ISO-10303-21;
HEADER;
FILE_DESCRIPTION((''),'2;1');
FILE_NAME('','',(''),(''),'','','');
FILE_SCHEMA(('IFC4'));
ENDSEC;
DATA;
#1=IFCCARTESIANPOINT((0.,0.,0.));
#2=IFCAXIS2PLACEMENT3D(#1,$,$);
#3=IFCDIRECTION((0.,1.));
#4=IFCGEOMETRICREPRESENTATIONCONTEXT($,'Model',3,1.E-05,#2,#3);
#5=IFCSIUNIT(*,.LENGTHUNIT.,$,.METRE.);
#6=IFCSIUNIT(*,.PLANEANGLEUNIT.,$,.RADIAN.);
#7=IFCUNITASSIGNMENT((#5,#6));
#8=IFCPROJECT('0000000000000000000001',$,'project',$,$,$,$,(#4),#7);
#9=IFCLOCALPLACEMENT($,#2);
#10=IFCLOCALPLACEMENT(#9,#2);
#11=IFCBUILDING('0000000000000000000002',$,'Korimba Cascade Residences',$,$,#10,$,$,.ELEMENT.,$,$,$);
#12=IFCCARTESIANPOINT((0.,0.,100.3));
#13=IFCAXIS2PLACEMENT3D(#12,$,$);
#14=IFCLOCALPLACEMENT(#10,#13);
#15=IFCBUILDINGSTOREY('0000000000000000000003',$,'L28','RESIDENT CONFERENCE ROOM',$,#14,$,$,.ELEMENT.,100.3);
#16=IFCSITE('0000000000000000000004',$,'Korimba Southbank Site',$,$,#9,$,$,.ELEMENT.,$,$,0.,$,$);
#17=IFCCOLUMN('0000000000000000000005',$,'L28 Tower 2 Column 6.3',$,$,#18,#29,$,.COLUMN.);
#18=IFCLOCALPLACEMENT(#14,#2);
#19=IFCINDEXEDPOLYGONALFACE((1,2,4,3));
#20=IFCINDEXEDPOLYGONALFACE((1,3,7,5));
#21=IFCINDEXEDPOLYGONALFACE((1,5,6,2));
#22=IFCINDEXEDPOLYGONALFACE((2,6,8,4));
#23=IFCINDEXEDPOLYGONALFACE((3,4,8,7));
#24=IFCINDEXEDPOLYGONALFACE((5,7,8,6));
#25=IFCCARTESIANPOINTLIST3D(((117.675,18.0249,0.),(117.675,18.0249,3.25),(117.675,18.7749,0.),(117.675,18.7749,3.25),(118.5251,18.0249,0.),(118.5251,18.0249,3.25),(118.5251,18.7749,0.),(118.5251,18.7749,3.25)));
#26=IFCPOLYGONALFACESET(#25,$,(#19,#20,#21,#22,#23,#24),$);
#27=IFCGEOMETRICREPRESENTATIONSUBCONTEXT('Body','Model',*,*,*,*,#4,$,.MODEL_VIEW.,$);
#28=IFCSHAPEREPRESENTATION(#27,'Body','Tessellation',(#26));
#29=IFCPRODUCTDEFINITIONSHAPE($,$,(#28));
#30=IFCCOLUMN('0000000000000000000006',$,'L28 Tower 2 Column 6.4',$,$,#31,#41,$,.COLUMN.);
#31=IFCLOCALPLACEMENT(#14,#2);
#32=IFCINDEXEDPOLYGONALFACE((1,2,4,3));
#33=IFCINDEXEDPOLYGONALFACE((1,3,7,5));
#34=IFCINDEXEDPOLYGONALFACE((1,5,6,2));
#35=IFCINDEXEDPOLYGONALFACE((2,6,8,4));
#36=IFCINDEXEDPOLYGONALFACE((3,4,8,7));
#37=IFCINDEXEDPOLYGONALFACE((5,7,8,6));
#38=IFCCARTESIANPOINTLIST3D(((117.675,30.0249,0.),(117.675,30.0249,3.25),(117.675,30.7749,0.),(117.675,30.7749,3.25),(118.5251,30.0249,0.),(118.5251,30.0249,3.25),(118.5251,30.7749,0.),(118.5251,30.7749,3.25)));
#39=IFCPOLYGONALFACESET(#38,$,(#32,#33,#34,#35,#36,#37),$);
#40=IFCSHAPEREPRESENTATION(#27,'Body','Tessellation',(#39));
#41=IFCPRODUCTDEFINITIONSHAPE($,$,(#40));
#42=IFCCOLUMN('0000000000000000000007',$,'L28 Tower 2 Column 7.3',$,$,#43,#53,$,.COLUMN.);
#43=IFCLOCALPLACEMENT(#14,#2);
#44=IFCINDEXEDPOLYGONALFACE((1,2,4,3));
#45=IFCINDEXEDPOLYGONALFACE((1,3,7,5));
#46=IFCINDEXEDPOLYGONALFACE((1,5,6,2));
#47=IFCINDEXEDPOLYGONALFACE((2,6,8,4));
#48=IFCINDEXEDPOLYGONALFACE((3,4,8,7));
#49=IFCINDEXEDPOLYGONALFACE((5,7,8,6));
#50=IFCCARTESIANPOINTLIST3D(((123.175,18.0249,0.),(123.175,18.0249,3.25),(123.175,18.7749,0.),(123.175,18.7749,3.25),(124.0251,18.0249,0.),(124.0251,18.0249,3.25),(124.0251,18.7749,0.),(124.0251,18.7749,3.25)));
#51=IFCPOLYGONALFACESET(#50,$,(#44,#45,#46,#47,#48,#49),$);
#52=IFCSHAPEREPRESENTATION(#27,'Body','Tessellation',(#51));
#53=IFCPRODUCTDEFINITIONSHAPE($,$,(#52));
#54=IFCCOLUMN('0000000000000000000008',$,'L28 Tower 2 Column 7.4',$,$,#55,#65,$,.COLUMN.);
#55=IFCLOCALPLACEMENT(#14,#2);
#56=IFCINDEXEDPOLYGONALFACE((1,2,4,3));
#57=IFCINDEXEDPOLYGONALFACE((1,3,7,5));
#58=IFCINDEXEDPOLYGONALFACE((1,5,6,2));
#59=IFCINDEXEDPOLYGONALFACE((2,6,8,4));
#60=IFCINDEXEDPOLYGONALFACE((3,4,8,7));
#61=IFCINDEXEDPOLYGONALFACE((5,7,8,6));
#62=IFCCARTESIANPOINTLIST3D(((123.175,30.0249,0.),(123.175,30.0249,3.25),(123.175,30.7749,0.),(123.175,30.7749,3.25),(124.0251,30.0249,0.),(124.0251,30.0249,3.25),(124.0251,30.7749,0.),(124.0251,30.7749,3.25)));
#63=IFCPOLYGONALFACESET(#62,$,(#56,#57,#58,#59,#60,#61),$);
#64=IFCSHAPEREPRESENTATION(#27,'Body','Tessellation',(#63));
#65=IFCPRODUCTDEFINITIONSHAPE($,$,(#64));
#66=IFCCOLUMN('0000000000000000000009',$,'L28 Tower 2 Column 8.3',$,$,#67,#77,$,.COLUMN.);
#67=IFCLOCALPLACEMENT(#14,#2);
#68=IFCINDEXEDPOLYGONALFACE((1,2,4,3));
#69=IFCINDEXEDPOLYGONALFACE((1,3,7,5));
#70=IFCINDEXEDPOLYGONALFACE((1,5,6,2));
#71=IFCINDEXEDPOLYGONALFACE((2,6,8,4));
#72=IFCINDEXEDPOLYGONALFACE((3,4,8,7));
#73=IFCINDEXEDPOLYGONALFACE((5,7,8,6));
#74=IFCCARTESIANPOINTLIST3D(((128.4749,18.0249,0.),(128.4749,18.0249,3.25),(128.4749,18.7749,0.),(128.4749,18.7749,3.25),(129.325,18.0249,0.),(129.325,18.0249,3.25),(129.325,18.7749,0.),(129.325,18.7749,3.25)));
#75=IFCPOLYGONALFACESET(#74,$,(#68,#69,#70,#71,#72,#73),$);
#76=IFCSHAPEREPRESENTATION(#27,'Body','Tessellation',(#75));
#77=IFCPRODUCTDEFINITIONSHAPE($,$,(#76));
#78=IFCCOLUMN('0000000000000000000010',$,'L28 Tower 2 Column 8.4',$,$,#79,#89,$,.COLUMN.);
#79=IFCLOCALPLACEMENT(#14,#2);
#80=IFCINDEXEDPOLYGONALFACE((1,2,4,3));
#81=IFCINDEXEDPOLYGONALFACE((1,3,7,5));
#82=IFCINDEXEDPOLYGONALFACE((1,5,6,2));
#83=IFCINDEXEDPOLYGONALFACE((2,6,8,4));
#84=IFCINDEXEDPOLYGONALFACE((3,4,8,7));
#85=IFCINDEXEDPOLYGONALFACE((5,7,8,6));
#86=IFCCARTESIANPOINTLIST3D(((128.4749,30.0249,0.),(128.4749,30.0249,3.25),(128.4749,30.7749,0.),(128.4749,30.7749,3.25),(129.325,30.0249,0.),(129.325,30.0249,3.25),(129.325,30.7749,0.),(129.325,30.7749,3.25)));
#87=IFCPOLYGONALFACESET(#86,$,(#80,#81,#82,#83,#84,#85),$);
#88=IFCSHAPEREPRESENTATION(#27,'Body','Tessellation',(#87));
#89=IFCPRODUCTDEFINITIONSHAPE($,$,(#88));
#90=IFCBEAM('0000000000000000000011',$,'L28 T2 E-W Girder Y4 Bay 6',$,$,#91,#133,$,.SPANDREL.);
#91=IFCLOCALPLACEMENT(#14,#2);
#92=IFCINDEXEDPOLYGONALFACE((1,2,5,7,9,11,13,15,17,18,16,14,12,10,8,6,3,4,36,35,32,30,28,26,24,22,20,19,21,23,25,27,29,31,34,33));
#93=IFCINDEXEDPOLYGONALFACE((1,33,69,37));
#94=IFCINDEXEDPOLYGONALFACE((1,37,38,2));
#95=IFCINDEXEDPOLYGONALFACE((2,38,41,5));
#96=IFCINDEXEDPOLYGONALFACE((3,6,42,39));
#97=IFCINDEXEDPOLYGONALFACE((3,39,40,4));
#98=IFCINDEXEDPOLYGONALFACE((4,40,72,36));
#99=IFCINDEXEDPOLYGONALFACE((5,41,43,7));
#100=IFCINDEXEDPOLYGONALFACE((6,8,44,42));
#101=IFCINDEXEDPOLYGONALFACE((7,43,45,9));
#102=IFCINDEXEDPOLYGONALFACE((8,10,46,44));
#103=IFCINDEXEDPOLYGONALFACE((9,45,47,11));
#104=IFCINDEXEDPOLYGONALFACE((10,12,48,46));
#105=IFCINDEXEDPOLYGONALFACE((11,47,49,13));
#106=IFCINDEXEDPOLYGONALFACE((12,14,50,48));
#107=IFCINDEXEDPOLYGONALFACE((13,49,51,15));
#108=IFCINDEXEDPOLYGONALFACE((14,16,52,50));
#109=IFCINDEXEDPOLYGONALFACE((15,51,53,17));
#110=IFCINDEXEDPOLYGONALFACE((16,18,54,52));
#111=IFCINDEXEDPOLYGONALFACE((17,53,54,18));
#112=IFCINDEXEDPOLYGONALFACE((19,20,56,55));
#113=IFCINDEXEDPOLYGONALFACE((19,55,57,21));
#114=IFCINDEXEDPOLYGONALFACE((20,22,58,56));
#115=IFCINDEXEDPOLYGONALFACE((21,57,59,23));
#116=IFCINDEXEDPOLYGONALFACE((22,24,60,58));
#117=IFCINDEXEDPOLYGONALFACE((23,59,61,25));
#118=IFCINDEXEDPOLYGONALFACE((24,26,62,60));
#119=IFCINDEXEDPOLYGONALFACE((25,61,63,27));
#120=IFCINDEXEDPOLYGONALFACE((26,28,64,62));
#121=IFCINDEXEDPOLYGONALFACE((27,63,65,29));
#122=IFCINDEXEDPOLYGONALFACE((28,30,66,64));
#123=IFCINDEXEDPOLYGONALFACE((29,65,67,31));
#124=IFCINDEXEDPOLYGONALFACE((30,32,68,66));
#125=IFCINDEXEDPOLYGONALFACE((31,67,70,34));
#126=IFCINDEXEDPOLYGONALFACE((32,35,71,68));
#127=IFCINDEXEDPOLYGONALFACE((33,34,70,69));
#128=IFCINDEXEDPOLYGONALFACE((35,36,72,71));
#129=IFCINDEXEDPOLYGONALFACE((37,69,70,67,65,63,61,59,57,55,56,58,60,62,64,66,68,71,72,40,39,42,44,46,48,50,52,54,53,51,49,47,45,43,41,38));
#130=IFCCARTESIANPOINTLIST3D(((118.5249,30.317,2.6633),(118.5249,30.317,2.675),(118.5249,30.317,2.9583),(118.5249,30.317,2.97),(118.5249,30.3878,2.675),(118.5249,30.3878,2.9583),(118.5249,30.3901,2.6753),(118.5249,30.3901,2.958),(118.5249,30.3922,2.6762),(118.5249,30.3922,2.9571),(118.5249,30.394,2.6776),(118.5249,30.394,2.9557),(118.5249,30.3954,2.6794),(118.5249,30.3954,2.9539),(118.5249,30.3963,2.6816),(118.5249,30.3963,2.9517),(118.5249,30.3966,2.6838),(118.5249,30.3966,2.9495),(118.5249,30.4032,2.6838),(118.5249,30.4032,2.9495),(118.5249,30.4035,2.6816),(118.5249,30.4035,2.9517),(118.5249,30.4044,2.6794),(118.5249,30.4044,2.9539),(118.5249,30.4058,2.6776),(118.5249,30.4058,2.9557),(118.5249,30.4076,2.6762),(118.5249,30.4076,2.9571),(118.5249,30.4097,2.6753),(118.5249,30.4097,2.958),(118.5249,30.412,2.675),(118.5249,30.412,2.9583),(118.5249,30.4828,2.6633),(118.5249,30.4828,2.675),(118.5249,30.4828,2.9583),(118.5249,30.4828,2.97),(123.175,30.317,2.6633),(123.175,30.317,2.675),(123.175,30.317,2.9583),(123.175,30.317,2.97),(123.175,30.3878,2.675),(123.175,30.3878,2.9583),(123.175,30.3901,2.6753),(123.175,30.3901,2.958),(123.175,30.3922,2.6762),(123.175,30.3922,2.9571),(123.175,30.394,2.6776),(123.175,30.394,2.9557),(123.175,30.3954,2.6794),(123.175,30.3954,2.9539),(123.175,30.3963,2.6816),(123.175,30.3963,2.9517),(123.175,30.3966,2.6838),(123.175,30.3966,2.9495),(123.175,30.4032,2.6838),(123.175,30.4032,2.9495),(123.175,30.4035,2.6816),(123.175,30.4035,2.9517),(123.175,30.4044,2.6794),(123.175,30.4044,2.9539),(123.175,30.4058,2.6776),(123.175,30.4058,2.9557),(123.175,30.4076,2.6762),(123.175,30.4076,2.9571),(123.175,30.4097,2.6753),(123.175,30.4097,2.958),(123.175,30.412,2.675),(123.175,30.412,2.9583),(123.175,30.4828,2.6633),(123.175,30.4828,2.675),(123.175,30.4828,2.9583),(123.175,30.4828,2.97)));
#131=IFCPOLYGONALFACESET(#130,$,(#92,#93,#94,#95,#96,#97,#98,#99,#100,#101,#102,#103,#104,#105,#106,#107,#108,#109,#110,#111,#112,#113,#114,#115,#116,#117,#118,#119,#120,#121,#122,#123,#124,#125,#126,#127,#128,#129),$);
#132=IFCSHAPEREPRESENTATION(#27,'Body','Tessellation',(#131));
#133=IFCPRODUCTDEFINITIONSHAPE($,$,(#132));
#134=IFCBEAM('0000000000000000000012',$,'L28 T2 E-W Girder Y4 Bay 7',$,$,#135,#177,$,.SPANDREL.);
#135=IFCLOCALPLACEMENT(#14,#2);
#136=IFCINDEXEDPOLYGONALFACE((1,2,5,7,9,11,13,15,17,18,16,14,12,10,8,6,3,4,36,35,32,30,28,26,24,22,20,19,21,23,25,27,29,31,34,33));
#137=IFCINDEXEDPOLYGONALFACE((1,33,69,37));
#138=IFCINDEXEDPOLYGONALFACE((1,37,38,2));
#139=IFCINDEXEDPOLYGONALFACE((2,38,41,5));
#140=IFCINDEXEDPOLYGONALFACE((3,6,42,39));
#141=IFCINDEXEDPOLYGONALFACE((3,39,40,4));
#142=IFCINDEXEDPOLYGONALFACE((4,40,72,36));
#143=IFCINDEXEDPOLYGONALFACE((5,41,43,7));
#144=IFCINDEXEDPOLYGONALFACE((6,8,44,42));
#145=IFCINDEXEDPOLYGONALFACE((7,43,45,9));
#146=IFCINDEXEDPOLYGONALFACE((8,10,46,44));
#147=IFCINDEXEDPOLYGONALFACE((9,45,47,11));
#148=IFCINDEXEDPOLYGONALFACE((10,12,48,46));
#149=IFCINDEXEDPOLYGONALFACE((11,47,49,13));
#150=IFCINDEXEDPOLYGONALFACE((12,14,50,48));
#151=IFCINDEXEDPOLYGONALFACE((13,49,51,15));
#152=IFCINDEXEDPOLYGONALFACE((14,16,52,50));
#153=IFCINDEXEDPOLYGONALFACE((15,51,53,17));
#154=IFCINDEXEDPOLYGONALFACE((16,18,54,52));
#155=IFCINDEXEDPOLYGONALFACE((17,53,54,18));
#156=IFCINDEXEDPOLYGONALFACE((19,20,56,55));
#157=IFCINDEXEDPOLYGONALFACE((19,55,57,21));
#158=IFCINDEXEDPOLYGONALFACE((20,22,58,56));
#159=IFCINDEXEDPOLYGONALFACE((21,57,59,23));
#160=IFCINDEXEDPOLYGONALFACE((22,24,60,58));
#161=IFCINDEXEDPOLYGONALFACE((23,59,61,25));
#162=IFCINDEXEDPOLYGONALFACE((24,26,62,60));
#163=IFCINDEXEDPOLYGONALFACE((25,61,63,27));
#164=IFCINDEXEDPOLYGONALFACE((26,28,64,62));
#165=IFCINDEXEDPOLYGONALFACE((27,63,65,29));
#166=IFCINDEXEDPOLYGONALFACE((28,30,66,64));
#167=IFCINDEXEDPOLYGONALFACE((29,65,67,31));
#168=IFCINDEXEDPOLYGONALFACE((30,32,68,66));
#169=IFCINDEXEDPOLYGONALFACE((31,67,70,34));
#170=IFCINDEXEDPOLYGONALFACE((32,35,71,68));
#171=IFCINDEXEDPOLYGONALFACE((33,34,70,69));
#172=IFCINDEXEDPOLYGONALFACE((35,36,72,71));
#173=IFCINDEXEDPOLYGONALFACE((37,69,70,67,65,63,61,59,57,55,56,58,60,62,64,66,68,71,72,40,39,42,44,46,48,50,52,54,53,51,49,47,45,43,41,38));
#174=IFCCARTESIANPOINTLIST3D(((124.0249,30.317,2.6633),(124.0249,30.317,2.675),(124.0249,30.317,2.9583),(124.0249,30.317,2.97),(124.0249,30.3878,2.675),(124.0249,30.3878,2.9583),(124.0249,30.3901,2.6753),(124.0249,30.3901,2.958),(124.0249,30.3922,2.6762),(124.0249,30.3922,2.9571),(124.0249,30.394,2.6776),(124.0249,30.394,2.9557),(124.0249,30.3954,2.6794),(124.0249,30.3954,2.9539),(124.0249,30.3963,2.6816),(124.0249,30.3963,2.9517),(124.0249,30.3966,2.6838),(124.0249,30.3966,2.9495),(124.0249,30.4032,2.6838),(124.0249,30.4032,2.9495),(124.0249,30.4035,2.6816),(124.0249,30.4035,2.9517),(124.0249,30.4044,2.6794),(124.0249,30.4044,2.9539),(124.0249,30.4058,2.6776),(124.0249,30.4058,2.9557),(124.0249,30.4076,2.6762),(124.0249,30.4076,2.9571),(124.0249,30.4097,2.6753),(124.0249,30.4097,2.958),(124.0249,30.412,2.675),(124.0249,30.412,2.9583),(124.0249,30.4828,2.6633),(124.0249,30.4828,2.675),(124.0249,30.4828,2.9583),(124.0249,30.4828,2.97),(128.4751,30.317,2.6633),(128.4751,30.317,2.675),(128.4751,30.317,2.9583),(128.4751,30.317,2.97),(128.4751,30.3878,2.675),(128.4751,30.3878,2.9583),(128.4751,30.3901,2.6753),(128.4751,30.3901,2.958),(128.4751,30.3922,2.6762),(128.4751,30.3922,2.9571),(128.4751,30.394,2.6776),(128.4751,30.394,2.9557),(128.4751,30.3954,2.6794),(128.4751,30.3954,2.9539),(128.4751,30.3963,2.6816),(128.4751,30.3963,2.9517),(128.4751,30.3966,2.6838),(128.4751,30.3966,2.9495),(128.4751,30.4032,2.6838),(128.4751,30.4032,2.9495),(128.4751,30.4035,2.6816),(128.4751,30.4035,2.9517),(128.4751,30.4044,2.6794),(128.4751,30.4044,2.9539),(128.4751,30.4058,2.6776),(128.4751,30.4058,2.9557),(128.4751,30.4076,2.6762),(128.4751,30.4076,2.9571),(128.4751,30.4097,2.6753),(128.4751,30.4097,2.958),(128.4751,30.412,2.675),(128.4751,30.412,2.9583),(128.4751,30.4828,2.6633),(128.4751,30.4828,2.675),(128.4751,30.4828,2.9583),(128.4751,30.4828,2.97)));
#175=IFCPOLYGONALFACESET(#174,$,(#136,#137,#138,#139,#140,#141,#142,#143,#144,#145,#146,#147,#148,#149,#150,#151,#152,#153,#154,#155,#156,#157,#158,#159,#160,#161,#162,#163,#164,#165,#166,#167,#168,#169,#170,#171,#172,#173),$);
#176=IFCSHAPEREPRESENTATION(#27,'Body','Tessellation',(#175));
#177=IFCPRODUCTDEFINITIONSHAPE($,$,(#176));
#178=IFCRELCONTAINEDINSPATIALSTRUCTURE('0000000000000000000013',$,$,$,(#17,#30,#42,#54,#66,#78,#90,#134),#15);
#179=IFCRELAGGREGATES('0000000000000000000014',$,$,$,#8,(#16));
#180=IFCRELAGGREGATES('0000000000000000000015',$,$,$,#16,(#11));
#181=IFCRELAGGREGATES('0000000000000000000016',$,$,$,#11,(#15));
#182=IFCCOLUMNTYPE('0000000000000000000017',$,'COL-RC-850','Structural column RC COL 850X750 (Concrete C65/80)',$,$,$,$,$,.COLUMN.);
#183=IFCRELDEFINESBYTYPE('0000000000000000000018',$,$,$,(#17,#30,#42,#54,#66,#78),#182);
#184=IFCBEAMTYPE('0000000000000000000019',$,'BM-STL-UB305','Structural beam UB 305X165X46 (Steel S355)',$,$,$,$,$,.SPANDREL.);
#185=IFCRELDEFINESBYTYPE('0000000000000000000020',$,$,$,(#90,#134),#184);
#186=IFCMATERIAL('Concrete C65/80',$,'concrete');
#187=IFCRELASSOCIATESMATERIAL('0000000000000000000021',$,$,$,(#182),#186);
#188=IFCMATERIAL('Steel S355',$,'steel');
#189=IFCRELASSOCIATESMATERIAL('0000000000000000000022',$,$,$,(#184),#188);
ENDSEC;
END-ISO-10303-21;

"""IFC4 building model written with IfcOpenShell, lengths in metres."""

from ifc_helpers import new_model, si_unit, direction, frame, origin, origin_2d, place, context, subcontext, project, spatial, rectangle, i_section, extrude, material, material_profile, profile_set, type_object, element, save


model = new_model("IFC4")

# Units and contexts
model_context = context("Model", 3, precision=1e-05, world=origin(), true_north=direction((0.0, 1.0)))
body_context = subcontext(model_context, "Body", "Model", "MODEL_VIEW")
ifc_project = project(units=[si_unit("LENGTHUNIT", "METRE"), si_unit("PLANEANGLEUNIT", "RADIAN")], contexts=[model_context])

# Site, building, storey
site_placement = place(None, origin())
site = spatial("IfcSite", under=ifc_project, at=site_placement, Name="Korimba Southbank Site", CompositionType="ELEMENT", RefElevation=0.0)
building_placement = place(site_placement, origin())
building = spatial("IfcBuilding", under=site, at=building_placement, Name="Korimba Cascade Residences", CompositionType="ELEMENT")
storey_placement = place(building_placement, frame((0.0, 0.0, 100.3)))
storey = spatial("IfcBuildingStorey", under=building, at=storey_placement, Name="L28", Description="RESIDENT CONFERENCE ROOM", CompositionType="ELEMENT", Elevation=100.3)

# Columns
ifc_material_1 = material(Name="Concrete C65/80", Category="concrete")
ifc_material_profile_1 = material_profile(ifc_material_1, rectangle(XDim=0.8501, YDim=0.75, at=origin_2d()), Name="Concrete C65/80")
ifc_profile_set_1 = profile_set([ifc_material_profile_1], Name="Concrete C65/80")
column_type = type_object("IfcColumnType", Name="COL-RC-850", Description="Structural column RC COL 850X750 (Concrete C65/80)", PredefinedType="COLUMN", material=ifc_profile_set_1)
for number, where, z_axis, x_axis, name in (
    (1, (118.1001, 18.3999, 0.0), (0.0, 0.0, 1.0), (1.0, 0.0, 0.0), "L28 Tower 2 Column 6.3"),
    (2, (118.1001, 30.3999, 0.0), (0.0, 0.0, 1.0), (1.0, 0.0, 0.0), "L28 Tower 2 Column 6.4"),
    (3, (123.6001, 18.3999, 0.0), (0.0, 0.0, 1.0), (1.0, 0.0, 0.0), "L28 Tower 2 Column 7.3"),
    (4, (123.6001, 30.3999, 0.0), (0.0, 0.0, 1.0), (1.0, 0.0, 0.0), "L28 Tower 2 Column 7.4"),
    (5, (128.8999, 18.3999, 0.0), (0.0, 0.0, 1.0), (1.0, 0.0, 0.0), "L28 Tower 2 Column 8.3"),
    (6, (128.8999, 30.3999, 0.0), (0.0, 0.0, 1.0), (1.0, 0.0, 0.0), "L28 Tower 2 Column 8.4"),
):
    element("IfcColumn", number, at=place(storey_placement, frame(where, z_axis=z_axis, x_axis=x_axis)), inside=storey, type_object=column_type, Name=name, PredefinedType="COLUMN", context=body_context, shape_type="SweptSolid", body=[
        extrude(rectangle(XDim=0.8501, YDim=0.75, at=origin_2d()), origin(), (0.0, 0.0, 1.0), 3.25),
    ])

# Beams
ifc_material_2 = material(Name="Steel S355", Category="steel")
ifc_material_profile_2 = material_profile(ifc_material_2, i_section(OverallWidth=0.1658, OverallDepth=0.3066, WebThickness=0.0066, FlangeThickness=0.0117, FilletRadius=0.0088, at=origin_2d()), Name="Steel S355")
ifc_profile_set_2 = profile_set([ifc_material_profile_2], Name="Steel S355")
beam_type_1 = type_object("IfcBeamType", Name="BM-STL-UB305", Description="Structural beam UB 305X165X46 (Steel S355)", PredefinedType="SPANDREL", material=ifc_profile_set_2)
beam_1_placement = place(storey_placement, frame((118.5249, 30.3999, 2.8167), z_axis=(1.0, 0.0, 0.0), x_axis=(0.0, 1.0, 0.0)))
element("IfcBeam", 7, at=beam_1_placement, inside=storey, type_object=beam_type_1, Name="L28 T2 E-W Girder Y4 Bay 6", PredefinedType="SPANDREL", context=body_context, shape_type="SweptSolid", body=[
    extrude(i_section(OverallWidth=0.1658, OverallDepth=0.3066, WebThickness=0.0066, FlangeThickness=0.0117, FilletRadius=0.0088, at=origin_2d()), origin(), (0.0, 0.0, 1.0), 4.6501),
])
beam_2_placement = place(storey_placement, frame((124.0249, 30.3999, 2.8167), z_axis=(1.0, 0.0, 0.0), x_axis=(0.0, 1.0, 0.0)))
element("IfcBeam", 8, at=beam_2_placement, inside=storey, type_object=beam_type_1, Name="L28 T2 E-W Girder Y4 Bay 7", PredefinedType="SPANDREL", context=body_context, shape_type="SweptSolid", body=[
    extrude(i_section(OverallWidth=0.1658, OverallDepth=0.3066, WebThickness=0.0066, FlangeThickness=0.0117, FilletRadius=0.0088, at=origin_2d()), origin(), (0.0, 0.0, 1.0), 4.4502),
])

save(model, "model.ifc")
